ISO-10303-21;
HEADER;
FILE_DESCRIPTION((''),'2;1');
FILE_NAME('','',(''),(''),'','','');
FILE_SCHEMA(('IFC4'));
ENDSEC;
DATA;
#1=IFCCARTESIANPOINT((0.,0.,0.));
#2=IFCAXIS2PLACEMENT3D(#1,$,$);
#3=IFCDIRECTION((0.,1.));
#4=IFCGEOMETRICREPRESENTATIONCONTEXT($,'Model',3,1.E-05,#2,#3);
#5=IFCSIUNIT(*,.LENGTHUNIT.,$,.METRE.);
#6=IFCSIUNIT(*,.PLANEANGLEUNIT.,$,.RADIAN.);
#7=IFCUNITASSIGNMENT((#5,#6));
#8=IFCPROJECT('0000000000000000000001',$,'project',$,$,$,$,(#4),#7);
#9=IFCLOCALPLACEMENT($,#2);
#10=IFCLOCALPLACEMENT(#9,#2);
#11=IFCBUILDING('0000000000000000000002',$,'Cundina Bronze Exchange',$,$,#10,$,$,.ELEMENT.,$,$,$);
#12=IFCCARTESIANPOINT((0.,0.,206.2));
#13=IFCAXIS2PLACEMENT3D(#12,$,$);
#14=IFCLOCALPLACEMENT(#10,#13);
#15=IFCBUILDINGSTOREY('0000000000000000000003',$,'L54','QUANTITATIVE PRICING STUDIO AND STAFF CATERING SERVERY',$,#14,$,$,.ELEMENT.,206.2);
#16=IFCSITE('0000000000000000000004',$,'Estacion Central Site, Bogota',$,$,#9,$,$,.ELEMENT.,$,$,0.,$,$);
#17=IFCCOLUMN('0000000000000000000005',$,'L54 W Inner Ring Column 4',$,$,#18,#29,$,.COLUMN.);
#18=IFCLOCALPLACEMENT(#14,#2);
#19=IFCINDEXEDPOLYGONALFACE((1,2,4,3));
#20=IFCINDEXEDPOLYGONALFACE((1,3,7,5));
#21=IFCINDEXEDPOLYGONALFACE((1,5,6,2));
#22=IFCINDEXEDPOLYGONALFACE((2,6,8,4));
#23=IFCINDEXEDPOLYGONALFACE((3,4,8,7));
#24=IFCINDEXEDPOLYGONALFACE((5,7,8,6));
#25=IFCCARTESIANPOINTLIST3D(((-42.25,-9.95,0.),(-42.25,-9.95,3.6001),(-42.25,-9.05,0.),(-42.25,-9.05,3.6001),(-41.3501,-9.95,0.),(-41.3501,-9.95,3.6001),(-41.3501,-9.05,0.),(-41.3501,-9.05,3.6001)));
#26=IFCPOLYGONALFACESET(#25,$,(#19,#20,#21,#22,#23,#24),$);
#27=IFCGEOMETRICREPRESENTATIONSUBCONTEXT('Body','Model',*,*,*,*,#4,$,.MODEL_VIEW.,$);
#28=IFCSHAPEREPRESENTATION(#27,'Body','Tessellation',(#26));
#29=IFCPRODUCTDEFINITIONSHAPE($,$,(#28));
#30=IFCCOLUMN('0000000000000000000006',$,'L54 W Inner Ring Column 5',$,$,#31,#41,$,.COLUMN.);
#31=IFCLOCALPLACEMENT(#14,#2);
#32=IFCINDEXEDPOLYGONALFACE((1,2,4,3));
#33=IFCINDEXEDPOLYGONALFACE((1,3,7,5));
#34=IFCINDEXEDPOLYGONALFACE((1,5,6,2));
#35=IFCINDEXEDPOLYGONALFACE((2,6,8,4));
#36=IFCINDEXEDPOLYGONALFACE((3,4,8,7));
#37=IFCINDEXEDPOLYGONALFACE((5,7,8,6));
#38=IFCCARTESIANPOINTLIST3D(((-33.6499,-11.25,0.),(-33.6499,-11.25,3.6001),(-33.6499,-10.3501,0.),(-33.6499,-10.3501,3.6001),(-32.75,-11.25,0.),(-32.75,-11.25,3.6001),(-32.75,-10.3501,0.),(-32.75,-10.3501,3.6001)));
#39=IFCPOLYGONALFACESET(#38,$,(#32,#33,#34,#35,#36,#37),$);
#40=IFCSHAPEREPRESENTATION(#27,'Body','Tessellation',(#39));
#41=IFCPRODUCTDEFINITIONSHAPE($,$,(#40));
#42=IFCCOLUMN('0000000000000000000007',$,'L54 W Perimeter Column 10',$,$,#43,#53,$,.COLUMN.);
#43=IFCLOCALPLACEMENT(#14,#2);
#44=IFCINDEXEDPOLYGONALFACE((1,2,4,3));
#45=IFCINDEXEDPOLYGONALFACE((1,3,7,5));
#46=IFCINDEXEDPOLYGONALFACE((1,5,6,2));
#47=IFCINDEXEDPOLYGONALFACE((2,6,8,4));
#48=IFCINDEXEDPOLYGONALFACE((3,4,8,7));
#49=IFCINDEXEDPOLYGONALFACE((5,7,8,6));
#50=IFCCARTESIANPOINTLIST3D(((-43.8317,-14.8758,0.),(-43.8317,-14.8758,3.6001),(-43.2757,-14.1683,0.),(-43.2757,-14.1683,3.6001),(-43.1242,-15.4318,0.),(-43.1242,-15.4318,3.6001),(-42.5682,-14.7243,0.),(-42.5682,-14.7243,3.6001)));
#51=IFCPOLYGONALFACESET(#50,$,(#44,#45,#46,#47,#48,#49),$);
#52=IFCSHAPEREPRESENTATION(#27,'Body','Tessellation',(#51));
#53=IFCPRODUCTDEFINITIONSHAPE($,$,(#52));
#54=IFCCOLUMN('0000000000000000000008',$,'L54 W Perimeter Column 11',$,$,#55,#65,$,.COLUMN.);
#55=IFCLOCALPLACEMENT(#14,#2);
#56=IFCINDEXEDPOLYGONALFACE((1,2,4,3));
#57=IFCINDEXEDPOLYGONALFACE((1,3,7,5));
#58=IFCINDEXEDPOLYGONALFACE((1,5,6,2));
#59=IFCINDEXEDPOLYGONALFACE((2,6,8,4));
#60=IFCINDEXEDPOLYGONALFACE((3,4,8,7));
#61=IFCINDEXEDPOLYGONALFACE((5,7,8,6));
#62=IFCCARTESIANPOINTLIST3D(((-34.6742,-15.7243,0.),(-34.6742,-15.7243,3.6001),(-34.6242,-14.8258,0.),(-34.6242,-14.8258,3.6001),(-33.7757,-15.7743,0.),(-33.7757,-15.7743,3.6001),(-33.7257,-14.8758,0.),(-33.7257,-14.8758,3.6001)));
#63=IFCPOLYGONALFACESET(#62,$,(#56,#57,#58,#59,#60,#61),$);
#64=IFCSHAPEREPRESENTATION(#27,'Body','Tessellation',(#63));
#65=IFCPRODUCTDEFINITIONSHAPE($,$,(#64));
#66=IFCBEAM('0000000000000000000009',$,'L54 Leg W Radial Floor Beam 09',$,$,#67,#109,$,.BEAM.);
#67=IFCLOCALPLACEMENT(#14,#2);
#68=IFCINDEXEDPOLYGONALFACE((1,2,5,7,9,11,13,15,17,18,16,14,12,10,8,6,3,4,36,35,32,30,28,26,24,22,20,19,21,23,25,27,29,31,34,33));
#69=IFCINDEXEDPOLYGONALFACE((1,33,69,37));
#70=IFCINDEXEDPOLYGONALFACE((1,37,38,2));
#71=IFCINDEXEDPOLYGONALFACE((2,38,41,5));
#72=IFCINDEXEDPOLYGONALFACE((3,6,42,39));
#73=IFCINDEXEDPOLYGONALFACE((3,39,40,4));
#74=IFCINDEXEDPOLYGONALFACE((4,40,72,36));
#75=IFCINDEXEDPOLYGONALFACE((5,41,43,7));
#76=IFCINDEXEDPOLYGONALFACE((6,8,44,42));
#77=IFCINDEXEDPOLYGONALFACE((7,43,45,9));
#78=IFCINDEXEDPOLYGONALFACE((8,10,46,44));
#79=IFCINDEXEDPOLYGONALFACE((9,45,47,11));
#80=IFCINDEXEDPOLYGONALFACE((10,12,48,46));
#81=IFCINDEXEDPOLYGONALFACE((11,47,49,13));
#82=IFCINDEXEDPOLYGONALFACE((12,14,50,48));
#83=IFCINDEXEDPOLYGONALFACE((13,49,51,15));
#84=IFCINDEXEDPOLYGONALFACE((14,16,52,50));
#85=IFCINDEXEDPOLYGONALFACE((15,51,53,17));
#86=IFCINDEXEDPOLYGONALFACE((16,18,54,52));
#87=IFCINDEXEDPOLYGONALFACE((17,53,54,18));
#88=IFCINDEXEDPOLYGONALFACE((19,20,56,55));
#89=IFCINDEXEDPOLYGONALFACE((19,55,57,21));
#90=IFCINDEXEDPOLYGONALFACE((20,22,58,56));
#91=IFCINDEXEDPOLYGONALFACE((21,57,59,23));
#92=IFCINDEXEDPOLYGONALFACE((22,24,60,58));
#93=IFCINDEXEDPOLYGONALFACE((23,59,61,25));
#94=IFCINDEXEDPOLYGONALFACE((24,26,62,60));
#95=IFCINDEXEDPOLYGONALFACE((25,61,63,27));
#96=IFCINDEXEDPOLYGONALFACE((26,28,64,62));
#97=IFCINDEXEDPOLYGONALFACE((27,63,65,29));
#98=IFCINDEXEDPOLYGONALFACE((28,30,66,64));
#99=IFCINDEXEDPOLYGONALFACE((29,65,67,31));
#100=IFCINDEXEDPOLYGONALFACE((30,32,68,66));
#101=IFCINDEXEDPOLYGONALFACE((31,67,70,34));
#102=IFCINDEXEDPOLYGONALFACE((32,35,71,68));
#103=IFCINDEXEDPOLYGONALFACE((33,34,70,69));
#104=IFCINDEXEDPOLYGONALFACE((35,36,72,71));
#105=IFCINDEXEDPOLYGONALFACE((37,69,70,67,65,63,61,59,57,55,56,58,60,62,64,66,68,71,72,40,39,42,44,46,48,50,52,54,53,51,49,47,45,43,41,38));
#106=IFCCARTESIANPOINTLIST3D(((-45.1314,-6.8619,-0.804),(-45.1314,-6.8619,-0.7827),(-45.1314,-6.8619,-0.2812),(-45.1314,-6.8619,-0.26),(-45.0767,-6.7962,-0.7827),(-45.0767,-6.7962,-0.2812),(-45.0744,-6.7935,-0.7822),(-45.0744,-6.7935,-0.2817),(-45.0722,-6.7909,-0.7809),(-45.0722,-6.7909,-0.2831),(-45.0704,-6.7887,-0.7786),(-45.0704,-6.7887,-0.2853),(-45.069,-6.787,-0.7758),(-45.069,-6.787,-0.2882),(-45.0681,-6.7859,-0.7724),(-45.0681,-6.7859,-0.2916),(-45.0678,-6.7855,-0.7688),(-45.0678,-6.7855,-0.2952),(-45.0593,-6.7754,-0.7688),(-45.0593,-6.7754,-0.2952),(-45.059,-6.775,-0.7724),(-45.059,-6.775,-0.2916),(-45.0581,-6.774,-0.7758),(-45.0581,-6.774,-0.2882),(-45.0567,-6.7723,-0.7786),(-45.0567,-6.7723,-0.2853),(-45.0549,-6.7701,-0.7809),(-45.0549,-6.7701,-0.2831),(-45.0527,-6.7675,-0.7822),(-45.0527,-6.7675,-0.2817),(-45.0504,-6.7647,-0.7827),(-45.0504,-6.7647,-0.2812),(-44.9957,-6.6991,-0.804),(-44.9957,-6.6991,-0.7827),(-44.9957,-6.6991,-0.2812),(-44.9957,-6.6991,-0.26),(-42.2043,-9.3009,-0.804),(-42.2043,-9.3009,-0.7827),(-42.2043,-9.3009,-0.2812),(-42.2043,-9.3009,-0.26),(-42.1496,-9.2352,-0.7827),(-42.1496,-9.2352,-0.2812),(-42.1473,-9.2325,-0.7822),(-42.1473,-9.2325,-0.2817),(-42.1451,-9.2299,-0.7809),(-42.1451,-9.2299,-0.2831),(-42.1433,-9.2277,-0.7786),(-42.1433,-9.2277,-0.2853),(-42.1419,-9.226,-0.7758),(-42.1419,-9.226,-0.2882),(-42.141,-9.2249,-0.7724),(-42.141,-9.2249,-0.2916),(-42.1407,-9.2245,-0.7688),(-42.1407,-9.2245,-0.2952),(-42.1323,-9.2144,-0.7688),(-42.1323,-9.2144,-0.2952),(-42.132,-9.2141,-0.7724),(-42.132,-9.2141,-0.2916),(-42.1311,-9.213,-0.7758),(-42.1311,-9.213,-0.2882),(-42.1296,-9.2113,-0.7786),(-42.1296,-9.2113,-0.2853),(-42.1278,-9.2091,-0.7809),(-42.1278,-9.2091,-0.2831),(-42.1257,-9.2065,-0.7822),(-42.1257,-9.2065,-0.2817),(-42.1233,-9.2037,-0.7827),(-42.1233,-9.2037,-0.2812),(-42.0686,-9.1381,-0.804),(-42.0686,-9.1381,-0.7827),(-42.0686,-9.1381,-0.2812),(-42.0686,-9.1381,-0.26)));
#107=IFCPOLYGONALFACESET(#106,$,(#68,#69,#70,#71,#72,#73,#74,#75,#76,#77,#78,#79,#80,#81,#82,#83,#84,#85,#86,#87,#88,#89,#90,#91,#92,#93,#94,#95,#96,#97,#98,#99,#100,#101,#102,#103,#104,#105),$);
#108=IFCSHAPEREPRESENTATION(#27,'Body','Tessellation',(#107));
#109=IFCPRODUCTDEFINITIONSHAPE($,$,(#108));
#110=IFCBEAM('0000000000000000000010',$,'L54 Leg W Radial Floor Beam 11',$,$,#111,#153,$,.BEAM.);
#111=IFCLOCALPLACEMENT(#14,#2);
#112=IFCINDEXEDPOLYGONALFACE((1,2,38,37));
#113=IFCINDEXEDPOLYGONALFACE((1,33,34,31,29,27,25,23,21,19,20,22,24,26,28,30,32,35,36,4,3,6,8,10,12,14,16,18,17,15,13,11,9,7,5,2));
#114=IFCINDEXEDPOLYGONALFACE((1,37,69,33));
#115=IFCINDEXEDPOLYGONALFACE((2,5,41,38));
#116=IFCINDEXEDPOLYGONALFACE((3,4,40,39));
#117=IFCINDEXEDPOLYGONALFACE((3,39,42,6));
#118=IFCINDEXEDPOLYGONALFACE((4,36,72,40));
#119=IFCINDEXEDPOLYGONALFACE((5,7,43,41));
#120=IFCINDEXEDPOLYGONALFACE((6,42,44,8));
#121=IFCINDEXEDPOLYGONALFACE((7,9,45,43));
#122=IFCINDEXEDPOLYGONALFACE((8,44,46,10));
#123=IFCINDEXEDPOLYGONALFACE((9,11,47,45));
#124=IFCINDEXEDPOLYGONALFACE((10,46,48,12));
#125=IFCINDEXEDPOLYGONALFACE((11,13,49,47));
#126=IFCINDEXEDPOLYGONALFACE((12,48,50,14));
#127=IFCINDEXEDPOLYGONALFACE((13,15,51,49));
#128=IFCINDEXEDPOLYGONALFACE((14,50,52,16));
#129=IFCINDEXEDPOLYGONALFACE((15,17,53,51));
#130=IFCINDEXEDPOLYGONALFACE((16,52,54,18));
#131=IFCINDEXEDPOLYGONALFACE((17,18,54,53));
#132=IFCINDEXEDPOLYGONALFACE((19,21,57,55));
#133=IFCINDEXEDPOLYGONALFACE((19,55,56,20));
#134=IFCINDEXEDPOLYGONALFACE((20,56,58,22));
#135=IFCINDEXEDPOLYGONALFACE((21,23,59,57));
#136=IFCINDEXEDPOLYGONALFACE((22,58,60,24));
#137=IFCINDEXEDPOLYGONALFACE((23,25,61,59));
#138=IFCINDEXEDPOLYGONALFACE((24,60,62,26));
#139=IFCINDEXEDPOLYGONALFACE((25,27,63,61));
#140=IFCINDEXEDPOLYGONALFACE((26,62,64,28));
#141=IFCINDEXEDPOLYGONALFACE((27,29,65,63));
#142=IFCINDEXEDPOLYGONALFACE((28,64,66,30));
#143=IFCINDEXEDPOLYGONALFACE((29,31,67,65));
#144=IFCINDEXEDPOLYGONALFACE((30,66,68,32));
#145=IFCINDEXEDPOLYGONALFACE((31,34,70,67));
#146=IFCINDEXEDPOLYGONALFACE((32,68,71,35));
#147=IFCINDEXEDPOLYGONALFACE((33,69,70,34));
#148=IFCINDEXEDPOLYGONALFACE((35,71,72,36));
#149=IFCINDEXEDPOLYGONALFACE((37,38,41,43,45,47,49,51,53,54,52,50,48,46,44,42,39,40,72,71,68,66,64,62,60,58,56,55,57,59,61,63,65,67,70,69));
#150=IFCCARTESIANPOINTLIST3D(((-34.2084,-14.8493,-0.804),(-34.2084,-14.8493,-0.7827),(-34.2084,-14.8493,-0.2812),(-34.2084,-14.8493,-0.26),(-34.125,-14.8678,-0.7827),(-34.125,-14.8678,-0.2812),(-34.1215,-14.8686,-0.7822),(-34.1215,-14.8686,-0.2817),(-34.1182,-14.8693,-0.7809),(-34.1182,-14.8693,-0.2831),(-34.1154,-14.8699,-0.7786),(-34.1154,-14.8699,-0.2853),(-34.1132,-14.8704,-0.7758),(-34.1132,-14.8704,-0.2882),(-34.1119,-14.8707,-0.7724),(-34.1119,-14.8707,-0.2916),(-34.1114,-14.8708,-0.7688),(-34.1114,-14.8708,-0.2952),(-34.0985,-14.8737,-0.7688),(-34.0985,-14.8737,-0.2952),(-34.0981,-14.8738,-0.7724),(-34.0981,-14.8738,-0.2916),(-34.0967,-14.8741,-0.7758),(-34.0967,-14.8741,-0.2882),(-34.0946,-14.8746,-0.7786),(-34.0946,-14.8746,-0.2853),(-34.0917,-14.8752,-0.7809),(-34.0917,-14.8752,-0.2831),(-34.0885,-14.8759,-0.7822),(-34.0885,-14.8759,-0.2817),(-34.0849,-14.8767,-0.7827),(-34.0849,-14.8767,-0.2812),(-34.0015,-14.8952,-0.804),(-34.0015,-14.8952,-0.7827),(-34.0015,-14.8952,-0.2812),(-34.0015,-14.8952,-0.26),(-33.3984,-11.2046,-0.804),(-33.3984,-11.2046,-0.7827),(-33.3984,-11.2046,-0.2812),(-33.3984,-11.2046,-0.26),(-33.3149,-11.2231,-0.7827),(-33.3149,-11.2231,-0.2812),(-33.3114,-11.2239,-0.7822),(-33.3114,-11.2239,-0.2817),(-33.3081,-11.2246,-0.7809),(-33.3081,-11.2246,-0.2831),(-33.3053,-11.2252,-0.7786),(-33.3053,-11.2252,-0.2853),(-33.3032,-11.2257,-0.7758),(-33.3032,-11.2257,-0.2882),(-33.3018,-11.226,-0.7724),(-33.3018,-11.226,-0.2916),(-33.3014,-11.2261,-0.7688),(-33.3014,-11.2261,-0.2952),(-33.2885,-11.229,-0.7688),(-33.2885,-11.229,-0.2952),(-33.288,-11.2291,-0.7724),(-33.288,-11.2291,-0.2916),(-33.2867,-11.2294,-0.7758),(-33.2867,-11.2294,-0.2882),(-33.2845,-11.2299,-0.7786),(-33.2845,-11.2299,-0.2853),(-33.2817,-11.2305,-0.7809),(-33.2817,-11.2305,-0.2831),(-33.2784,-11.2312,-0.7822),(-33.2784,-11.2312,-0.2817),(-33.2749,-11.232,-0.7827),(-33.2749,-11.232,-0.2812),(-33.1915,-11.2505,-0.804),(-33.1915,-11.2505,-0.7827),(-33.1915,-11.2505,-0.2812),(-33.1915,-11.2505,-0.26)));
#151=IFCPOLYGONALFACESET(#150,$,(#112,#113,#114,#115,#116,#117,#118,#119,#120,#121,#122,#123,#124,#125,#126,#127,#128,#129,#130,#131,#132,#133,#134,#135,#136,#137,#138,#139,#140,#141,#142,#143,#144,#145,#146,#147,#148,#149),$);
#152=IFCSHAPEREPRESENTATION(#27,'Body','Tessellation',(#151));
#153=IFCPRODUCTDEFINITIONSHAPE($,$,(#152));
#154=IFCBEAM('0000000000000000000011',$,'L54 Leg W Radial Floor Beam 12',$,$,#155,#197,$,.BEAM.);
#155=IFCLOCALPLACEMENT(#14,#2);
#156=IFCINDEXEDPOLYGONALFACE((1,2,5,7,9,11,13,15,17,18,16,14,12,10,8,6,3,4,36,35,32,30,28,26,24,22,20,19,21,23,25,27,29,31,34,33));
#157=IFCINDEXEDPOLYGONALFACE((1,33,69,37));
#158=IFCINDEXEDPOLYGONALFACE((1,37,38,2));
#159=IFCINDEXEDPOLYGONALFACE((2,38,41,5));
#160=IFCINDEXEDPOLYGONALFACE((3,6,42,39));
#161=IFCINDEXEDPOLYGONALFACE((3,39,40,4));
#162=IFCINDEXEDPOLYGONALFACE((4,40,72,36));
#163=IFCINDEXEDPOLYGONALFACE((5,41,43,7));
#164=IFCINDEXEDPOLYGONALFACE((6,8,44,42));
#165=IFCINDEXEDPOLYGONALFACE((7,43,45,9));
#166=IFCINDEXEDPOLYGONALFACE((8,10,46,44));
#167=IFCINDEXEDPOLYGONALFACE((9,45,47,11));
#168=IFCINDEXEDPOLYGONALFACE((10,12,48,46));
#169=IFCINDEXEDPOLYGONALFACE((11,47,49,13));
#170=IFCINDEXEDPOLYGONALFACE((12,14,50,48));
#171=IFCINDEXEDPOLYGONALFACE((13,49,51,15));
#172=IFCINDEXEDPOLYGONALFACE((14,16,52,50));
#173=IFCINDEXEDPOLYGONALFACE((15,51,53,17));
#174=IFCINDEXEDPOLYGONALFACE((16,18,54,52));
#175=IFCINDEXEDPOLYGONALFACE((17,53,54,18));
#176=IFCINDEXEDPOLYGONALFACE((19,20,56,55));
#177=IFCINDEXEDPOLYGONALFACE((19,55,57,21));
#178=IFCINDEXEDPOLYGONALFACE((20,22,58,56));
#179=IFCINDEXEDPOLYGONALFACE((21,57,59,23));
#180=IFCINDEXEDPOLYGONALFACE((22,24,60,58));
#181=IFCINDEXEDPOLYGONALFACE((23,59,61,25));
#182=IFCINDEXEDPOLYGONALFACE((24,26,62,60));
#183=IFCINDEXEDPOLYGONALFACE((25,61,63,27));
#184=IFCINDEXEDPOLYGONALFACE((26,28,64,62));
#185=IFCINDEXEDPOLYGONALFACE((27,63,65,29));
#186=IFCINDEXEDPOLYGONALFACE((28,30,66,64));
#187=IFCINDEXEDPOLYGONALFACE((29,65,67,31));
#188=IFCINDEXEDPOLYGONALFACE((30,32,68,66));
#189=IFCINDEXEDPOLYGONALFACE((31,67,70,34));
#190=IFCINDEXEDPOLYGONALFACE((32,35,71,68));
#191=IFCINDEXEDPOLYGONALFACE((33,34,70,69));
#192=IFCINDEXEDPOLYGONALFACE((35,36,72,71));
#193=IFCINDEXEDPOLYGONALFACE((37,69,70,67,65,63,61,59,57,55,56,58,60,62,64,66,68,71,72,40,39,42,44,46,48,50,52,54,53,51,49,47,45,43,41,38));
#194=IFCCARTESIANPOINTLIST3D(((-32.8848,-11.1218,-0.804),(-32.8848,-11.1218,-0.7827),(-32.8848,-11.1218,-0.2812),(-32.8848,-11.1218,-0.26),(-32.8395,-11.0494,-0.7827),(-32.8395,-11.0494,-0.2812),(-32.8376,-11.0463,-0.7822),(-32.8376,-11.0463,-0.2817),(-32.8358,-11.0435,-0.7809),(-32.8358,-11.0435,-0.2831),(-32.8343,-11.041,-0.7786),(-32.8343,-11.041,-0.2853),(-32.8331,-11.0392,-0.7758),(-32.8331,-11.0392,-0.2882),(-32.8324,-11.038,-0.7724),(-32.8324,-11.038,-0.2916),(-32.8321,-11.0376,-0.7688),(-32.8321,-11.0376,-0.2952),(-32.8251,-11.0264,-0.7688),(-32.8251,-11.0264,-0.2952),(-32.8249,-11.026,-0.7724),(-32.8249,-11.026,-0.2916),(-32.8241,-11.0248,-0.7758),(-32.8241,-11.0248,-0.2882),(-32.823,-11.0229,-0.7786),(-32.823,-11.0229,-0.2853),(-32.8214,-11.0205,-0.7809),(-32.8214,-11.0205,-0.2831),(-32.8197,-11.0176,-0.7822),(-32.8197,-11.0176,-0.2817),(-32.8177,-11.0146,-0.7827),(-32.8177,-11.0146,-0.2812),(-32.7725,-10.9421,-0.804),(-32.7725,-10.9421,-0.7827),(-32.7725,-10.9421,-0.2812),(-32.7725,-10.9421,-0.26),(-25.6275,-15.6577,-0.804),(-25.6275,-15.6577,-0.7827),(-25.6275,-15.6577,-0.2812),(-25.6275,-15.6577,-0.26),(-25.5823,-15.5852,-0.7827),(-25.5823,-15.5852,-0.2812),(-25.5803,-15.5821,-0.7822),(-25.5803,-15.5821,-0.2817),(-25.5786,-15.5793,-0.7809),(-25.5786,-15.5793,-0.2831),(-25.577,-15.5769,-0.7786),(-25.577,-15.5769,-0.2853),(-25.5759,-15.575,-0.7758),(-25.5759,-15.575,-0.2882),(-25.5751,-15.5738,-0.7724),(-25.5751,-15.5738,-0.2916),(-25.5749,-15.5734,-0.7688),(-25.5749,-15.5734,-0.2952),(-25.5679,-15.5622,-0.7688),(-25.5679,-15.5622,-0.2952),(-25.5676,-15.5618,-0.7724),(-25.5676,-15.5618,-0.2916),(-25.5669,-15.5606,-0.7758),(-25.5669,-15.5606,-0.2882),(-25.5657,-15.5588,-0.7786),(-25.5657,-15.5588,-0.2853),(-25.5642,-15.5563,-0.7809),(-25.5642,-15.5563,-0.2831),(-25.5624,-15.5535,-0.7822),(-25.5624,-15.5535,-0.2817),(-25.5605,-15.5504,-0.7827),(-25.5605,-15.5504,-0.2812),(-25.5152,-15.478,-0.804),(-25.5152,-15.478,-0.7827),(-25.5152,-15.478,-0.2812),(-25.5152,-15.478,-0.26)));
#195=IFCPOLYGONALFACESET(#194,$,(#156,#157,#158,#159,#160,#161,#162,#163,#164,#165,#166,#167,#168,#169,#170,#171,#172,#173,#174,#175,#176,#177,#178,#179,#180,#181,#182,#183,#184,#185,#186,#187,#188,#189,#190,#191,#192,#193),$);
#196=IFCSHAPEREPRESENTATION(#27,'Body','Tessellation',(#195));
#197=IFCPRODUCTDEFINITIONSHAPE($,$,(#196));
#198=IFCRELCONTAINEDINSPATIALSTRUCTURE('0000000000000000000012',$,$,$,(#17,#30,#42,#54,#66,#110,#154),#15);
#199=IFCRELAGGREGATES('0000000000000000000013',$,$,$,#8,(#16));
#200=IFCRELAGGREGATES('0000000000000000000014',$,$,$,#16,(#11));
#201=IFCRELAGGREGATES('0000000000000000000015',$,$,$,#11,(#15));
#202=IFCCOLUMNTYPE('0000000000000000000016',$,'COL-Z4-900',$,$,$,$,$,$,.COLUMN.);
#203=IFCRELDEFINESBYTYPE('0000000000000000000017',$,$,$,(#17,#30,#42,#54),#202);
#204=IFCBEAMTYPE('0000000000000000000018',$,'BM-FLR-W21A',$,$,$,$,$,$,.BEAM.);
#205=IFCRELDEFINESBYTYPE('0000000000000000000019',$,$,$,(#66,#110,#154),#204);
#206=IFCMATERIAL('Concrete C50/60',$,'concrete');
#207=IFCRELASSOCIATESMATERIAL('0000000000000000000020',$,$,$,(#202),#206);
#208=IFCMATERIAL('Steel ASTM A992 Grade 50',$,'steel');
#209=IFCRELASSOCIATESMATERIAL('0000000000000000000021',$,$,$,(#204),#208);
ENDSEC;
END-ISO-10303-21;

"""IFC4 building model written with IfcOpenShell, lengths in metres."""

from ifc_helpers import new_model, si_unit, direction, frame, origin, origin_2d, place, context, subcontext, project, spatial, rectangle, i_section, extrude, material, material_profile, profile_set, type_object, element, save


model = new_model("IFC4")

# Units and contexts
model_context = context("Model", 3, precision=1e-05, world=origin(), true_north=direction((0.0, 1.0)))
body_context = subcontext(model_context, "Body", "Model", "MODEL_VIEW")
ifc_project = project(units=[si_unit("LENGTHUNIT", "METRE"), si_unit("PLANEANGLEUNIT", "RADIAN")], contexts=[model_context])

# Site, building, storey
site_placement = place(None, origin())
site = spatial("IfcSite", under=ifc_project, at=site_placement, Name="Estacion Central Site, Bogota", CompositionType="ELEMENT", RefElevation=0.0)
building_placement = place(site_placement, origin())
building = spatial("IfcBuilding", under=site, at=building_placement, Name="Cundina Bronze Exchange", CompositionType="ELEMENT")
storey_placement = place(building_placement, frame((0.0, 0.0, 206.2)))
storey = spatial("IfcBuildingStorey", under=building, at=storey_placement, Name="L54", Description="QUANTITATIVE PRICING STUDIO AND STAFF CATERING SERVERY", CompositionType="ELEMENT", Elevation=206.2)

# Columns
ifc_material_1 = material(Name="Concrete C50/60", Category="concrete")
ifc_material_profile_1 = material_profile(ifc_material_1, rectangle(XDim=0.8999, YDim=0.8999, at=origin_2d()), Name="RC900X900", Category="concrete")
ifc_profile_set_1 = profile_set([ifc_material_profile_1], Name="Concrete C50/60")
column_type = type_object("IfcColumnType", Name="COL-Z4-900", PredefinedType="COLUMN", material=ifc_profile_set_1)
for number, where, z_axis, x_axis, name in (
    (1, (-41.8, -9.5, 0.0), (0.0, 0.0, 1.0), (1.0, 0.0, 0.0), "L54 W Inner Ring Column 4"),
    (2, (-33.2, -10.8, 0.0), (0.0, 0.0, 1.0), (1.0, 0.0, 0.0), "L54 W Inner Ring Column 5"),
    (3, (-43.2, -14.8, 0.0), (0.0, 0.0, 1.0), (0.786288, -0.61786, 0.0), "L54 W Perimeter Column 10"),
    (4, (-34.2, -15.3, 0.0), (0.0, 0.0, 1.0), (0.99846, -0.055473, 0.0), "L54 W Perimeter Column 11"),
):
    element("IfcColumn", number, at=place(storey_placement, frame(where, z_axis=z_axis, x_axis=x_axis)), inside=storey, type_object=column_type, Name=name, PredefinedType="COLUMN", context=body_context, shape_type="SweptSolid", body=[
        extrude(rectangle(XDim=0.8999, YDim=0.8999, at=origin_2d()), origin(), (0.0, 0.0, 1.0), 3.6001),
    ])

# Beams
ifc_material_2 = material(Name="Steel ASTM A992 Grade 50", Category="steel")
ifc_material_profile_2 = material_profile(ifc_material_2, i_section(OverallWidth=0.2119, OverallDepth=0.5439, WebThickness=0.0132, FlangeThickness=0.0212, FilletRadius=0.0139, at=origin_2d()), Name="W21X83", Category="steel")
ifc_profile_set_2 = profile_set([ifc_material_profile_2], Name="Steel ASTM A992 Grade 50")
beam_type_1 = type_object("IfcBeamType", Name="BM-FLR-W21A", PredefinedType="BEAM", material=ifc_profile_set_2)
beam_1_placement = place(storey_placement, frame((-42.1365, -9.2195, -0.532), z_axis=(-0.768248, 0.640153, 0.0), x_axis=(-0.640153, -0.768248, 0.0)))
element("IfcBeam", 5, at=beam_1_placement, inside=storey, type_object=beam_type_1, Name="L54 Leg W Radial Floor Beam 09", PredefinedType="BEAM", context=body_context, shape_type="SweptSolid", body=[
    extrude(i_section(OverallWidth=0.2119, OverallDepth=0.5439, WebThickness=0.0132, FlangeThickness=0.0212, FilletRadius=0.0139, at=origin_2d()), origin(), (0.0, 0.0, 1.0), 3.8101),
])
beam_2_placement = place(storey_placement, frame((-33.2949, -11.2275, -0.532), z_axis=(-0.216958, -0.976181, 0.0), x_axis=(0.976181, -0.216958, 0.0)))
element("IfcBeam", 6, at=beam_2_placement, inside=storey, type_object=beam_type_1, Name="L54 Leg W Radial Floor Beam 11", PredefinedType="BEAM", context=body_context, shape_type="SweptSolid", body=[
    extrude(i_section(OverallWidth=0.2119, OverallDepth=0.5439, WebThickness=0.0132, FlangeThickness=0.0212, FilletRadius=0.0139, at=origin_2d()), origin(), (0.0, 0.0, 1.0), 3.7336),
])
beam_3_placement = place(storey_placement, frame((-32.8286, -11.032, -0.532), z_axis=(0.847995, -0.530004, 0.0), x_axis=(0.530004, 0.847995, 0.0)))
element("IfcBeam", 7, at=beam_3_placement, inside=storey, type_object=beam_type_1, Name="L54 Leg W Radial Floor Beam 12", PredefinedType="BEAM", context=body_context, shape_type="SweptSolid", body=[
    extrude(i_section(OverallWidth=0.2119, OverallDepth=0.5439, WebThickness=0.0132, FlangeThickness=0.0212, FilletRadius=0.0139, at=origin_2d()), origin(), (0.0, 0.0, 1.0), 8.5581),
])

save(model, "model.ifc")
